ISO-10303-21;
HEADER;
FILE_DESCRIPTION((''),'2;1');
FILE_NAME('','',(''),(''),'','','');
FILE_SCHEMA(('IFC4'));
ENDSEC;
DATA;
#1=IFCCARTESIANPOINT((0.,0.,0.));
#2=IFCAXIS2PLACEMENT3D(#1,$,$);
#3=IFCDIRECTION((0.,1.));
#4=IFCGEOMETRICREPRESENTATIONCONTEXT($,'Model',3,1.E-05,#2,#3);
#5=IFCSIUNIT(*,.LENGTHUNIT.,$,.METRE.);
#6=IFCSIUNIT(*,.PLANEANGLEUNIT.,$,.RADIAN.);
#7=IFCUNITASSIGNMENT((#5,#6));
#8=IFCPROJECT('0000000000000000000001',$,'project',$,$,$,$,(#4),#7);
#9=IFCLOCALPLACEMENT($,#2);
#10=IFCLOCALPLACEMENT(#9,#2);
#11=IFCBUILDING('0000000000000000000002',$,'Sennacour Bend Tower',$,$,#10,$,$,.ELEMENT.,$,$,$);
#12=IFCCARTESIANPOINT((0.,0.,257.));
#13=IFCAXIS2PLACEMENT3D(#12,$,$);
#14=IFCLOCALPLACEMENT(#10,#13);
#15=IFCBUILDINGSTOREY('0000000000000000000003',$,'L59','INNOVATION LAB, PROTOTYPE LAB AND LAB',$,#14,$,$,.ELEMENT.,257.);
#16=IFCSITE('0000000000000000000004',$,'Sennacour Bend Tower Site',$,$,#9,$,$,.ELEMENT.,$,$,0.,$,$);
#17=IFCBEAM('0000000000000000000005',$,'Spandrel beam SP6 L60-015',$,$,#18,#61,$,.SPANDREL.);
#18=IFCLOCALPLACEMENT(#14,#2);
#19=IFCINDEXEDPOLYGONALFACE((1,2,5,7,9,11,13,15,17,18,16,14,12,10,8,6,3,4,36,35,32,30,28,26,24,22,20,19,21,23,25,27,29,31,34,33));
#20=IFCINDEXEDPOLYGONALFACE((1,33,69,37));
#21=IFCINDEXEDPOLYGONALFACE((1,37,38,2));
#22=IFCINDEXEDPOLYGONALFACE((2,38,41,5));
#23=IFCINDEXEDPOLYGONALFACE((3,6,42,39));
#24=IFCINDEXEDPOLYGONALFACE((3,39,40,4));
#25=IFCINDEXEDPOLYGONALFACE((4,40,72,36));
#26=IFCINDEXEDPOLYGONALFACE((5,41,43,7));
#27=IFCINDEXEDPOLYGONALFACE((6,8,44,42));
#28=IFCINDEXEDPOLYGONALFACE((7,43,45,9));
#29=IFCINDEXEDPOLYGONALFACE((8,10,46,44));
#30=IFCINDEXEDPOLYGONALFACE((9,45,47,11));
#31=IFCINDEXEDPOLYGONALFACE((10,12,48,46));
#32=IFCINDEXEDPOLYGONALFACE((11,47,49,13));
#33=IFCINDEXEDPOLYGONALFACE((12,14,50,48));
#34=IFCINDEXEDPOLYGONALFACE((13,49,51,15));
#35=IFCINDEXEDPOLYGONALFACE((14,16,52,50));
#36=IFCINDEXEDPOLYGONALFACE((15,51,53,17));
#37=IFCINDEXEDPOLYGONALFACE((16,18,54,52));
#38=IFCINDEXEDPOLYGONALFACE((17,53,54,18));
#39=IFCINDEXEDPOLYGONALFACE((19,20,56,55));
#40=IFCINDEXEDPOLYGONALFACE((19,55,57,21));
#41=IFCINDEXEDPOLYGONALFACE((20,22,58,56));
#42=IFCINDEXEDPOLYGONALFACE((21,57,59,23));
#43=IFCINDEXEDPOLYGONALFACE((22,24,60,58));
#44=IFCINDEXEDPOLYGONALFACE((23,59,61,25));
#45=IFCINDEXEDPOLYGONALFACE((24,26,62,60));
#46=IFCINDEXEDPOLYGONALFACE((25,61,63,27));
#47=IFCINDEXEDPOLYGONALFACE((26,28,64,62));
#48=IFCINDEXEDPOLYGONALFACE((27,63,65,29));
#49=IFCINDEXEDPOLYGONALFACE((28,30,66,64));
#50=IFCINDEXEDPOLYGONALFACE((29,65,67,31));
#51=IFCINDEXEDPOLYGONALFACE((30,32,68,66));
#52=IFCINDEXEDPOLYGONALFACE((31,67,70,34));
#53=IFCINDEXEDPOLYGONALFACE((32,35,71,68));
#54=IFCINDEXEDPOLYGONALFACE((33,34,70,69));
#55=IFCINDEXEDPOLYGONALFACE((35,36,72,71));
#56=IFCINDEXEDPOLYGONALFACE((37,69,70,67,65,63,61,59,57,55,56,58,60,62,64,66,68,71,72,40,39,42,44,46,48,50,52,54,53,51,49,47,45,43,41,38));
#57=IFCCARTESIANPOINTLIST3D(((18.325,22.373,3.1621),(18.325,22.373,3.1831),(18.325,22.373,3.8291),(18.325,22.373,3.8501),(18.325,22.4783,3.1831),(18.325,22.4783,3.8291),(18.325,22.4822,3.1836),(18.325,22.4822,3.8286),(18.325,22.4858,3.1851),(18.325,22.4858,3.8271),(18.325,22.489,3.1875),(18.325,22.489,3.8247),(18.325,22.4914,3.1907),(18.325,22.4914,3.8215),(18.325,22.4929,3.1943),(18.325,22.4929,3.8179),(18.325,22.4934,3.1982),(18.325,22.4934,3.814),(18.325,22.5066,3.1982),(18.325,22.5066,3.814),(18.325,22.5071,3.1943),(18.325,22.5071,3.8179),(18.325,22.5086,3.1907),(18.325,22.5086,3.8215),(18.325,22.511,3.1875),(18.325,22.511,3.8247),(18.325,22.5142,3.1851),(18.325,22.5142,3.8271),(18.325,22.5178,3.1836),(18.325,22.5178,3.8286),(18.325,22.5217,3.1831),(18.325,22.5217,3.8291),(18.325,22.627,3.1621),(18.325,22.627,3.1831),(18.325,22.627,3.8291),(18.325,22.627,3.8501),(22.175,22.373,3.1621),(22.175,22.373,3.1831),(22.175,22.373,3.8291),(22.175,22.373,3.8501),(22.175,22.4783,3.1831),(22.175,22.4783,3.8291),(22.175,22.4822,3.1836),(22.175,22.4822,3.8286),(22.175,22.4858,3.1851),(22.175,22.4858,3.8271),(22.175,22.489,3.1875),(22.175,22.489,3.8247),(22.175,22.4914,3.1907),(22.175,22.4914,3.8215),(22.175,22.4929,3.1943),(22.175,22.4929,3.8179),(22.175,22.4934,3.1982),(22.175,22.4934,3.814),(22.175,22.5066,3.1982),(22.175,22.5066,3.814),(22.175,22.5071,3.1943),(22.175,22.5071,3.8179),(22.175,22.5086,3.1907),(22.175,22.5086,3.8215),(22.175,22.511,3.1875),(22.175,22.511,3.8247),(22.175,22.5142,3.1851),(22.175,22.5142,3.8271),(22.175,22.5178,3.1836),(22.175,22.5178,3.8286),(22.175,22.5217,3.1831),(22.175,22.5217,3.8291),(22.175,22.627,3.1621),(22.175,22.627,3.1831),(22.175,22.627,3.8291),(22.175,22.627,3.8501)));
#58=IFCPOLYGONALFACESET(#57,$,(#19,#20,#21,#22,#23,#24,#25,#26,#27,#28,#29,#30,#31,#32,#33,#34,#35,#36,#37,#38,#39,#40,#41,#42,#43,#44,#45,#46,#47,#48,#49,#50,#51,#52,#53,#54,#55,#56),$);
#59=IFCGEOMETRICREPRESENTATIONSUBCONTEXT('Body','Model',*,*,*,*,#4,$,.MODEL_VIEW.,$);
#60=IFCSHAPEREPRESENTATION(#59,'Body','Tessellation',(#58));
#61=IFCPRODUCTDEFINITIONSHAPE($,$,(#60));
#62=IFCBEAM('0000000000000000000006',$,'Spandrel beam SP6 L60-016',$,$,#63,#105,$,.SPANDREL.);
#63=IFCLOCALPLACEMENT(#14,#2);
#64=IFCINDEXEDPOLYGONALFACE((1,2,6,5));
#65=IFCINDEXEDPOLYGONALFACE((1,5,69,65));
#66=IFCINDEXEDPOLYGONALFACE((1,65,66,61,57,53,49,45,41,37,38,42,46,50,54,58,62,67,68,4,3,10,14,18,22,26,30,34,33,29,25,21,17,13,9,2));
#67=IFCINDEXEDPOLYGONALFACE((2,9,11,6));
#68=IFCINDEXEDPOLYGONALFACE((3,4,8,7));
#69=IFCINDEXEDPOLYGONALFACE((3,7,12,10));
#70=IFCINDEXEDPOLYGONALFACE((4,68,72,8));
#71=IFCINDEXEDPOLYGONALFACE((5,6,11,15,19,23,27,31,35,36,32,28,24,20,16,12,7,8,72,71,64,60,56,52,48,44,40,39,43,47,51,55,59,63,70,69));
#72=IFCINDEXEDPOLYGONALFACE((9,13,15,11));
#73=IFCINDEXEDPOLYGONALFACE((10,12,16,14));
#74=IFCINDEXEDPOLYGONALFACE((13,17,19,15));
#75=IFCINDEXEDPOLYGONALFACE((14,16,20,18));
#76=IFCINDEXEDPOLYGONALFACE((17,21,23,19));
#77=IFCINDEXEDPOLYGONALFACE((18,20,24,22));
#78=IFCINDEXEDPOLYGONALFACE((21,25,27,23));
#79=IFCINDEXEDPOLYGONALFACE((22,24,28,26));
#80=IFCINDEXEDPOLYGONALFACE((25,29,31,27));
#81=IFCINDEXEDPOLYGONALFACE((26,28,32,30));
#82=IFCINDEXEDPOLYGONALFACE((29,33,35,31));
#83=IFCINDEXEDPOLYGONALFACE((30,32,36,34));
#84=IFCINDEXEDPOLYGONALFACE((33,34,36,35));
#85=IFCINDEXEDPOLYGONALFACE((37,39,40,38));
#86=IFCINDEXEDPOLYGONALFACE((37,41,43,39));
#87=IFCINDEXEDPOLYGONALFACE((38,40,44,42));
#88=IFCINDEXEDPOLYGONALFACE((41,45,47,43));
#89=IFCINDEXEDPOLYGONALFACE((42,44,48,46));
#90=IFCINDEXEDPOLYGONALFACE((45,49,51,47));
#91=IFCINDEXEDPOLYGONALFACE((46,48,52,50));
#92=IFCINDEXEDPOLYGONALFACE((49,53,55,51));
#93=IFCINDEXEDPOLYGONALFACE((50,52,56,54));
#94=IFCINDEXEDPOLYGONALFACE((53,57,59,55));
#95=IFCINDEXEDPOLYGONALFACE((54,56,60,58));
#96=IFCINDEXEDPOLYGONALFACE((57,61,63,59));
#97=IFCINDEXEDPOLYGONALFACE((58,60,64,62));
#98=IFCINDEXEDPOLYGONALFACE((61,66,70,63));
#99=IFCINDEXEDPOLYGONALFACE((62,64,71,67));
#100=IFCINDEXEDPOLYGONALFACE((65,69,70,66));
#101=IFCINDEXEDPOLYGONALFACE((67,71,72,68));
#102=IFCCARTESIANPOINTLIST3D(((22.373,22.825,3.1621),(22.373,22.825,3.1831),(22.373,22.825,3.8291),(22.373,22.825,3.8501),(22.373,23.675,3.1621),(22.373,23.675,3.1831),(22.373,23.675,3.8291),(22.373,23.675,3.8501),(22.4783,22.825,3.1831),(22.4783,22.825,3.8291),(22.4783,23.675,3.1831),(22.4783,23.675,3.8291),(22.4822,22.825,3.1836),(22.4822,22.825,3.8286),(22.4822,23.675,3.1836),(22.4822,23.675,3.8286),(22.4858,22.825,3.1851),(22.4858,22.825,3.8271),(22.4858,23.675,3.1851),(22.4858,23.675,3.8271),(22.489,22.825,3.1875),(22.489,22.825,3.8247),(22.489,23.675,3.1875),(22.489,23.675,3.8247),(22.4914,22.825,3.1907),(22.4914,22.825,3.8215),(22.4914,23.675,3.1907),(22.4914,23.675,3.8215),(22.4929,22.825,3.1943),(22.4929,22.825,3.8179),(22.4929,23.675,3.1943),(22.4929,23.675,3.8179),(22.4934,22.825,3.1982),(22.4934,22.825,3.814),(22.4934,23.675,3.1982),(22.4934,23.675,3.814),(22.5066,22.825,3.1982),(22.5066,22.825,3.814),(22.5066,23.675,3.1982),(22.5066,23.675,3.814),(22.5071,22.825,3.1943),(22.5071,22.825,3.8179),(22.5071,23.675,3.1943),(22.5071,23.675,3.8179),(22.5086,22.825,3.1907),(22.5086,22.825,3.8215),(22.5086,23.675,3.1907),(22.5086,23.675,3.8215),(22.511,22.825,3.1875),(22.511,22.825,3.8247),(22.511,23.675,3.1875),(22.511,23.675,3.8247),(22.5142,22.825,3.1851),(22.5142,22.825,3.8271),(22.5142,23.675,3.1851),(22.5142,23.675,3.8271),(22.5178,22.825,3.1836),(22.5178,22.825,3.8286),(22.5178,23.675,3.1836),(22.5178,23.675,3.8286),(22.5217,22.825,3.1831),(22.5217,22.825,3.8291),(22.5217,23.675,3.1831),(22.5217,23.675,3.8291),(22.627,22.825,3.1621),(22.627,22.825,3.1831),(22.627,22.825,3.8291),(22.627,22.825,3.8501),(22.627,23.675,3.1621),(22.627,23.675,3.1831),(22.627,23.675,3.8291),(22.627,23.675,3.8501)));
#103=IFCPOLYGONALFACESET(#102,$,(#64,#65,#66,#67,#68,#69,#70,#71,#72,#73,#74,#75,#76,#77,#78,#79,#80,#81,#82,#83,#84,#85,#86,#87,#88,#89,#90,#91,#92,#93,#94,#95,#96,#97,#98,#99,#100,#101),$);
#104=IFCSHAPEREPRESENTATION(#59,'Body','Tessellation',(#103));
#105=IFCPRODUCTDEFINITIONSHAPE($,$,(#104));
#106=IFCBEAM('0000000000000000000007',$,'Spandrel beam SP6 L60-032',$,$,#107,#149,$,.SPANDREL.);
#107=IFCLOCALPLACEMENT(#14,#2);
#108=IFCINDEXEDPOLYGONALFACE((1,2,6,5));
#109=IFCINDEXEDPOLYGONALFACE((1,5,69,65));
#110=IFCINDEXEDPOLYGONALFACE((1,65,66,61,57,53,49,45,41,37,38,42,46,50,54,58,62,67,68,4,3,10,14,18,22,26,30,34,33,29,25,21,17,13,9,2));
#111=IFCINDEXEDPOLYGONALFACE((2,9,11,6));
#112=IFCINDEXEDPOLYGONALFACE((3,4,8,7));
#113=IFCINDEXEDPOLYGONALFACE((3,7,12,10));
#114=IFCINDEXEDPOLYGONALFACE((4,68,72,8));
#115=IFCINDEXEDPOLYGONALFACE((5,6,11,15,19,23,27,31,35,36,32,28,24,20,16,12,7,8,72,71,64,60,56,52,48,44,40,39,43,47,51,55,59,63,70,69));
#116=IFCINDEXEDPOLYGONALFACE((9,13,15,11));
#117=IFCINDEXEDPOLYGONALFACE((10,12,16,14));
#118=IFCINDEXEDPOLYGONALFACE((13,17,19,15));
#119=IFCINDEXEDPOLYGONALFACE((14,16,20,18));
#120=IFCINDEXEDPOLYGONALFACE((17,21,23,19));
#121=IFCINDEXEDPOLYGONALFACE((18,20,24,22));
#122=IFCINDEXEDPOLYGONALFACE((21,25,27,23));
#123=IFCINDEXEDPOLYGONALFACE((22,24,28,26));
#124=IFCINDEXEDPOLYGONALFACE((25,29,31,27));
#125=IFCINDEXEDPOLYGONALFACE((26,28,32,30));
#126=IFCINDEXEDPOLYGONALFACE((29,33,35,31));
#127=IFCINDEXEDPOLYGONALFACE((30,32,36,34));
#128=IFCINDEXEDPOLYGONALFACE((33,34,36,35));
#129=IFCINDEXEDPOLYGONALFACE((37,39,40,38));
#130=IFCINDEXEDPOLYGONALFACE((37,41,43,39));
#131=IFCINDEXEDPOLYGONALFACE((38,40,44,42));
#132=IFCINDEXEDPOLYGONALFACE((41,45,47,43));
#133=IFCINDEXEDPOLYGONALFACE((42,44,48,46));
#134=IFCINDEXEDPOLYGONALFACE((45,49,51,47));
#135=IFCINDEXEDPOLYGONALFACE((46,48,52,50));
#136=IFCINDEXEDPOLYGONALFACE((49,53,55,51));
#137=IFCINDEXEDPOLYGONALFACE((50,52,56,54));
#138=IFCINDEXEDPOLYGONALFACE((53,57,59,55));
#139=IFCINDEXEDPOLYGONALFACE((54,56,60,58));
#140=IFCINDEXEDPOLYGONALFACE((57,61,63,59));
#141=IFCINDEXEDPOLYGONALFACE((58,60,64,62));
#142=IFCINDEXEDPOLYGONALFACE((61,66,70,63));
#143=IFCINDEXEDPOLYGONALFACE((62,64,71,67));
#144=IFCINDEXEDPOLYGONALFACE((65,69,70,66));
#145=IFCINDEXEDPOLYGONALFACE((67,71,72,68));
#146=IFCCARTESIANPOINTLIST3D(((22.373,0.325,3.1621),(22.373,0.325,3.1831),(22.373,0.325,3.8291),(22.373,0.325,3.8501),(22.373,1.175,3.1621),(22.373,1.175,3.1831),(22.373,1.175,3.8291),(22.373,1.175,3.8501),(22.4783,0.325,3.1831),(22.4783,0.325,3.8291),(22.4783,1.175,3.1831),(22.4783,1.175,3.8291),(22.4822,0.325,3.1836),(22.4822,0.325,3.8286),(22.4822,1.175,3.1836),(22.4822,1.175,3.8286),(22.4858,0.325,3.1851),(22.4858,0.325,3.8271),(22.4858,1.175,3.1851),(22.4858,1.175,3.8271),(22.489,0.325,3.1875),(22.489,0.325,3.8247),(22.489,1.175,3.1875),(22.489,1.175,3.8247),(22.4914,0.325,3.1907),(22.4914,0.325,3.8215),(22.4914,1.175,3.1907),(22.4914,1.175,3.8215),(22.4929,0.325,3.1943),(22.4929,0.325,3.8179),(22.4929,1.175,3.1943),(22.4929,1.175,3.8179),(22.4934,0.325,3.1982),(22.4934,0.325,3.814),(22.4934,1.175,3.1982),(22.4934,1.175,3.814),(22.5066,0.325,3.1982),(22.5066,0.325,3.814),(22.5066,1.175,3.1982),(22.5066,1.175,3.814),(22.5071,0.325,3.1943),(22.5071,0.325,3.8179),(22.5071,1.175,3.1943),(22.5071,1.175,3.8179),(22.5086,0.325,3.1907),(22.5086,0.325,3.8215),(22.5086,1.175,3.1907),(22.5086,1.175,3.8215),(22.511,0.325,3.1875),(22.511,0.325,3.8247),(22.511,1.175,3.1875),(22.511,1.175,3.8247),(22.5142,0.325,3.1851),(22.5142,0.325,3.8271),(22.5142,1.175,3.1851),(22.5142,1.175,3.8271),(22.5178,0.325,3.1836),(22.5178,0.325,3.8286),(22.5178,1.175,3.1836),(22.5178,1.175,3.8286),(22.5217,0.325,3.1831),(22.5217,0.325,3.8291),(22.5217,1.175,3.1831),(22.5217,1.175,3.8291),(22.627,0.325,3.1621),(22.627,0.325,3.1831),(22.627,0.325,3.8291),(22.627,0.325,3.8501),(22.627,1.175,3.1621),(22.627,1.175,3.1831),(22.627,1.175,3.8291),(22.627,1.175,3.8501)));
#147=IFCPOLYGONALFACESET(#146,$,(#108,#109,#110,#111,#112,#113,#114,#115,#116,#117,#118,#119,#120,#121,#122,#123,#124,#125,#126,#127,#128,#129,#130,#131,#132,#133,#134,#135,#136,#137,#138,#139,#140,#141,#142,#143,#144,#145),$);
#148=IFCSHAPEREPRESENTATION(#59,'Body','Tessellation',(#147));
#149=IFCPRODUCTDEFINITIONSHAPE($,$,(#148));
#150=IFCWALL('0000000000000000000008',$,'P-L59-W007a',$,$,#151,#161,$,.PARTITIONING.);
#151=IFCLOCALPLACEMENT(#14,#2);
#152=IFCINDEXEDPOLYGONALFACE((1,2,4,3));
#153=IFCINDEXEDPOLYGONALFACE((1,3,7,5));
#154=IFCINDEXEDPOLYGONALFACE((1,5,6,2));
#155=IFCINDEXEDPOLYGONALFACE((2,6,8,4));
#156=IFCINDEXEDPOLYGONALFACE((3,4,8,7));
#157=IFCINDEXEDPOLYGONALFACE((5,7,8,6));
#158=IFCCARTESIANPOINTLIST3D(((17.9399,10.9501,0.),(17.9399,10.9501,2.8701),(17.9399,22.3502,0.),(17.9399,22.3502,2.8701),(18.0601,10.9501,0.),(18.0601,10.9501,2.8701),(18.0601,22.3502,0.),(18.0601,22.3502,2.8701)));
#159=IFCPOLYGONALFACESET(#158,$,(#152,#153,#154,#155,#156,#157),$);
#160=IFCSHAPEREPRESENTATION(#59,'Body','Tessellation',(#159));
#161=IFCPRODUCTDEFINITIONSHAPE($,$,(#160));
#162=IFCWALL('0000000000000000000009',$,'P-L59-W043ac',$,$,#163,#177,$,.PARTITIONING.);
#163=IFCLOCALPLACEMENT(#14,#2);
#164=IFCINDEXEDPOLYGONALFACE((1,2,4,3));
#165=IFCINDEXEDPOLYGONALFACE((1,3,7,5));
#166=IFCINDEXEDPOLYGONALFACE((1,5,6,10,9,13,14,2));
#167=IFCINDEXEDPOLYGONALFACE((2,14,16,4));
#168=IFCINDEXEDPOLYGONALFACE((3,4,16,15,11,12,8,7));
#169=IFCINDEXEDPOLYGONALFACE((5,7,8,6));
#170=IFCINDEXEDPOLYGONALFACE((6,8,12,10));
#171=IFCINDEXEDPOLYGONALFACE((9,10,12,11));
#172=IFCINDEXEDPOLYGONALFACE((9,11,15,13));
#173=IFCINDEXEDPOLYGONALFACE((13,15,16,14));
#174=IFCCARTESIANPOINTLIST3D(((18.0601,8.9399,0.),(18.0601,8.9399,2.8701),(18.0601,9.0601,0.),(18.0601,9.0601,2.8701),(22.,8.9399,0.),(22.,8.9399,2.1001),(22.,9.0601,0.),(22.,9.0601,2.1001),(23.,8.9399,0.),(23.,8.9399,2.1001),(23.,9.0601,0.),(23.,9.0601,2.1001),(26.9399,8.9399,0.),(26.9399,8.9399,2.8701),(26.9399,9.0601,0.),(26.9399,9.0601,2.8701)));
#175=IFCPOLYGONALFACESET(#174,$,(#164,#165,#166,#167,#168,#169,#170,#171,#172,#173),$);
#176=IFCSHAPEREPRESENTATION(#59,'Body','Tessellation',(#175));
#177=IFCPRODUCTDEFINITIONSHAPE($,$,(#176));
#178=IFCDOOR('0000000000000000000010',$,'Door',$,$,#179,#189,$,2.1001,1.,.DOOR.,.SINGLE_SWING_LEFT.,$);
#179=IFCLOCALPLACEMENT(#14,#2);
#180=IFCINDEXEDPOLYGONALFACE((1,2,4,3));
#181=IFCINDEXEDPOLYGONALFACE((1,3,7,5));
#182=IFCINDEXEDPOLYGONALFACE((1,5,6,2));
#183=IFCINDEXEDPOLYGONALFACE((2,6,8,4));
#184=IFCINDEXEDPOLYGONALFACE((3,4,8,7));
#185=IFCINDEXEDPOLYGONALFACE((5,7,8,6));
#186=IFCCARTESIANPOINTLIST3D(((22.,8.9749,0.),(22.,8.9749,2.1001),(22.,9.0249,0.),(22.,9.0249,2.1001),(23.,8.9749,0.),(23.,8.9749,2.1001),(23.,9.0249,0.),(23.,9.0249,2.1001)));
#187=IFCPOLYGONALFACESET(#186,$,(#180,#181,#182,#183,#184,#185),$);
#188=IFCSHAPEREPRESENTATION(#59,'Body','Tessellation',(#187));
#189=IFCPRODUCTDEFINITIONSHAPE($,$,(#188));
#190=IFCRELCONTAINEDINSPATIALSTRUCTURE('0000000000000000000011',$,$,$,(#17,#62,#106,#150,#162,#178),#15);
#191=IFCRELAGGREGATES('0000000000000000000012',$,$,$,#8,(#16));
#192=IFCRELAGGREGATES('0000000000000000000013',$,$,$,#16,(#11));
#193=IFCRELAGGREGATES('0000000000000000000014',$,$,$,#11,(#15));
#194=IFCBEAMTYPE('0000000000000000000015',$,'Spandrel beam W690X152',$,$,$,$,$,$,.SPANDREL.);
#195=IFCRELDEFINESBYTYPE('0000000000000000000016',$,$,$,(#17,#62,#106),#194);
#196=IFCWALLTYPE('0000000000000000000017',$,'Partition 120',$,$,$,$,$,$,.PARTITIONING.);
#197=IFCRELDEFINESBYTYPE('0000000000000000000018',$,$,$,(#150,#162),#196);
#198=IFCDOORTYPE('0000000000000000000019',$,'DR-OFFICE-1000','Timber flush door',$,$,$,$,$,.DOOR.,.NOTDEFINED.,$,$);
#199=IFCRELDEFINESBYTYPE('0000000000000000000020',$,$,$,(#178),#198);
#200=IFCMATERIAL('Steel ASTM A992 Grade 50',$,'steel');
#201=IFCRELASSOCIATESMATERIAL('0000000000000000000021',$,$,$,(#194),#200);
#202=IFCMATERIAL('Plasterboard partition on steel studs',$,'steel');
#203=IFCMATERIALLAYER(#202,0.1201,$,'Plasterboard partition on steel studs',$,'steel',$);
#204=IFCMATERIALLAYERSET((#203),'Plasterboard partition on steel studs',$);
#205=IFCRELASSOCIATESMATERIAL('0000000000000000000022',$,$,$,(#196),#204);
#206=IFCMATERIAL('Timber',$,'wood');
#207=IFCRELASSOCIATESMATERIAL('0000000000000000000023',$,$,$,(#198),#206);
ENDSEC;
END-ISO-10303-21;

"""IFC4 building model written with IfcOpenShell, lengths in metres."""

from ifc_helpers import new_model, si_unit, direction, frame, frame_2d, origin, origin_2d, place, context, subcontext, project, spatial, rectangle, i_section, extrude, material, layer, layer_set, material_profile, profile_set, type_object, element, fill, save


model = new_model("IFC4")

# Units and contexts
model_context = context("Model", 3, precision=1e-05, world=origin(), true_north=direction((0.0, 1.0)))
body_context = subcontext(model_context, "Body", "Model", "MODEL_VIEW")
ifc_project = project(units=[si_unit("LENGTHUNIT", "METRE"), si_unit("PLANEANGLEUNIT", "RADIAN")], contexts=[model_context])

# Site, building, storey
site_placement = place(None, origin())
site = spatial("IfcSite", under=ifc_project, at=site_placement, Name="Sennacour Bend Tower Site", CompositionType="ELEMENT", RefElevation=0.0)
building_placement = place(site_placement, origin())
building = spatial("IfcBuilding", under=site, at=building_placement, Name="Sennacour Bend Tower", CompositionType="ELEMENT")
storey_placement = place(building_placement, frame((0.0, 0.0, 257.0)))
storey = spatial("IfcBuildingStorey", under=building, at=storey_placement, Name="L59", Description="INNOVATION LAB, PROTOTYPE LAB AND LAB", CompositionType="ELEMENT", Elevation=257.0)

# Beams
ifc_material_1 = material(Name="Steel ASTM A992 Grade 50", Category="steel")
ifc_material_profile_1 = material_profile(ifc_material_1, i_section(OverallWidth=0.2539, OverallDepth=0.688, WebThickness=0.0132, FlangeThickness=0.021, FilletRadius=0.0151, at=origin_2d()), Name="Steel ASTM A992 Grade 50", Category="steel")
ifc_profile_set_1 = profile_set([ifc_material_profile_1], Name="Steel ASTM A992 Grade 50")
beam_type = type_object("IfcBeamType", Name="Spandrel beam W690X152", PredefinedType="SPANDREL", material=ifc_profile_set_1)
for number, where, z_axis, x_axis, name in (
    (1, (18.325, 22.5, 3.5061), (1.0, 0.0, 0.0), (0.0, 1.0, 0.0), "Spandrel beam SP6 L60-015"),
):
    element("IfcBeam", number, at=place(storey_placement, frame(where, z_axis=z_axis, x_axis=x_axis)), inside=storey, type_object=beam_type, Name=name, PredefinedType="SPANDREL", context=body_context, shape_type="SweptSolid", body=[
        extrude(i_section(OverallWidth=0.2539, OverallDepth=0.688, WebThickness=0.0132, FlangeThickness=0.021, FilletRadius=0.0151, at=origin_2d()), origin(), (0.0, 0.0, 1.0), 3.8501),
    ])
for number, where, z_axis, x_axis, name in (
    (2, (22.5, 22.825, 3.5061), (0.0, 1.0, 0.0), (-1.0, 0.0, 0.0), "Spandrel beam SP6 L60-016"),
    (3, (22.5, 1.175, 3.5061), (0.0, -1.0, 0.0), (1.0, 0.0, 0.0), "Spandrel beam SP6 L60-032"),
):
    element("IfcBeam", number, at=place(storey_placement, frame(where, z_axis=z_axis, x_axis=x_axis)), inside=storey, type_object=beam_type, Name=name, PredefinedType="SPANDREL", context=body_context, shape_type="SweptSolid", body=[
        extrude(i_section(OverallWidth=0.2539, OverallDepth=0.688, WebThickness=0.0132, FlangeThickness=0.021, FilletRadius=0.0151, at=origin_2d()), origin(), (0.0, 0.0, 1.0), 0.8501),
    ])

# Wall
ifc_material_2 = material(Name="Plasterboard partition on steel studs", Category="steel")
ifc_layer_1 = layer(ifc_material_2, 0.1201, Name="Plasterboard partition on steel studs", Category="steel")
ifc_layer_set_1 = layer_set([ifc_layer_1], Name="Plasterboard partition on steel studs")
wall_type_1 = type_object("IfcWallType", Name="Partition 120", PredefinedType="PARTITIONING", material=ifc_layer_set_1)
wall_1_placement = place(storey_placement, frame((18.0, 10.95, 0.0), z_axis=(0.0, 0.0, 1.0), x_axis=(0.0, 1.0, 0.0)))
element("IfcWall", 4, at=wall_1_placement, inside=storey, type_object=wall_type_1, Name="P-L59-W007a", PredefinedType="PARTITIONING", context=body_context, shape_type="SweptSolid", body=[
    extrude(rectangle(XDim=11.4001, YDim=0.1201, at=frame_2d((5.7002, 0.0))), origin(), (0.0, 0.0, 1.0), 2.8701),
])

# Wall, opening, door
wall_2_placement = place(storey_placement, frame((18.0601, 9.0, 0.0), z_axis=(0.0, 0.0, 1.0), x_axis=(1.0, 0.0, 0.0)))
wall_2 = element("IfcWall", 5, at=wall_2_placement, inside=storey, type_object=wall_type_1, Name="P-L59-W043ac", PredefinedType="PARTITIONING", context=body_context, shape_type="SweptSolid", body=[
    extrude(rectangle(XDim=8.8799, YDim=0.1201, at=frame_2d((4.4399, 0.0))), origin(), (0.0, 0.0, 1.0), 2.8701),
])
opening_1_placement = place(wall_2_placement, frame((3.9399, 0.0, 0.0)))
opening_1 = element("IfcOpeningElement", 6, at=opening_1_placement, cuts=wall_2, PredefinedType="OPENING", context=body_context, shape_type="SweptSolid", body=[
    extrude(rectangle(XDim=1.0, YDim=2.1001, at=frame_2d((0.5, 1.05))), frame((0.0, 0.0701, 0.0), z_axis=(0.0, -1.0, 0.0), x_axis=(1.0, 0.0, 0.0)), (0.0, 0.0, 1.0), 0.1401),
])
ifc_material_3 = material(Name="Timber", Category="wood")
door_type = type_object("IfcDoorType", Name="DR-OFFICE-1000", Description="Timber flush door", OperationType="NOTDEFINED", PredefinedType="DOOR", material=ifc_material_3)
door_1_placement = place(opening_1_placement, origin())
door_1 = element("IfcDoor", 7, at=door_1_placement, inside=storey, type_object=door_type, Name="Door", OperationType="SINGLE_SWING_LEFT", OverallHeight=2.1001, OverallWidth=1.0, PredefinedType="DOOR", context=body_context, shape_type="SweptSolid", body=[
    extrude(rectangle(XDim=1.0, YDim=2.1001, at=frame_2d((0.5, 1.05))), frame((0.0, 0.0249, 0.0), z_axis=(0.0, -1.0, 0.0), x_axis=(1.0, 0.0, 0.0)), (0.0, 0.0, 1.0), 0.05),
])
fill(opening_1, door_1)

save(model, "model.ifc")
